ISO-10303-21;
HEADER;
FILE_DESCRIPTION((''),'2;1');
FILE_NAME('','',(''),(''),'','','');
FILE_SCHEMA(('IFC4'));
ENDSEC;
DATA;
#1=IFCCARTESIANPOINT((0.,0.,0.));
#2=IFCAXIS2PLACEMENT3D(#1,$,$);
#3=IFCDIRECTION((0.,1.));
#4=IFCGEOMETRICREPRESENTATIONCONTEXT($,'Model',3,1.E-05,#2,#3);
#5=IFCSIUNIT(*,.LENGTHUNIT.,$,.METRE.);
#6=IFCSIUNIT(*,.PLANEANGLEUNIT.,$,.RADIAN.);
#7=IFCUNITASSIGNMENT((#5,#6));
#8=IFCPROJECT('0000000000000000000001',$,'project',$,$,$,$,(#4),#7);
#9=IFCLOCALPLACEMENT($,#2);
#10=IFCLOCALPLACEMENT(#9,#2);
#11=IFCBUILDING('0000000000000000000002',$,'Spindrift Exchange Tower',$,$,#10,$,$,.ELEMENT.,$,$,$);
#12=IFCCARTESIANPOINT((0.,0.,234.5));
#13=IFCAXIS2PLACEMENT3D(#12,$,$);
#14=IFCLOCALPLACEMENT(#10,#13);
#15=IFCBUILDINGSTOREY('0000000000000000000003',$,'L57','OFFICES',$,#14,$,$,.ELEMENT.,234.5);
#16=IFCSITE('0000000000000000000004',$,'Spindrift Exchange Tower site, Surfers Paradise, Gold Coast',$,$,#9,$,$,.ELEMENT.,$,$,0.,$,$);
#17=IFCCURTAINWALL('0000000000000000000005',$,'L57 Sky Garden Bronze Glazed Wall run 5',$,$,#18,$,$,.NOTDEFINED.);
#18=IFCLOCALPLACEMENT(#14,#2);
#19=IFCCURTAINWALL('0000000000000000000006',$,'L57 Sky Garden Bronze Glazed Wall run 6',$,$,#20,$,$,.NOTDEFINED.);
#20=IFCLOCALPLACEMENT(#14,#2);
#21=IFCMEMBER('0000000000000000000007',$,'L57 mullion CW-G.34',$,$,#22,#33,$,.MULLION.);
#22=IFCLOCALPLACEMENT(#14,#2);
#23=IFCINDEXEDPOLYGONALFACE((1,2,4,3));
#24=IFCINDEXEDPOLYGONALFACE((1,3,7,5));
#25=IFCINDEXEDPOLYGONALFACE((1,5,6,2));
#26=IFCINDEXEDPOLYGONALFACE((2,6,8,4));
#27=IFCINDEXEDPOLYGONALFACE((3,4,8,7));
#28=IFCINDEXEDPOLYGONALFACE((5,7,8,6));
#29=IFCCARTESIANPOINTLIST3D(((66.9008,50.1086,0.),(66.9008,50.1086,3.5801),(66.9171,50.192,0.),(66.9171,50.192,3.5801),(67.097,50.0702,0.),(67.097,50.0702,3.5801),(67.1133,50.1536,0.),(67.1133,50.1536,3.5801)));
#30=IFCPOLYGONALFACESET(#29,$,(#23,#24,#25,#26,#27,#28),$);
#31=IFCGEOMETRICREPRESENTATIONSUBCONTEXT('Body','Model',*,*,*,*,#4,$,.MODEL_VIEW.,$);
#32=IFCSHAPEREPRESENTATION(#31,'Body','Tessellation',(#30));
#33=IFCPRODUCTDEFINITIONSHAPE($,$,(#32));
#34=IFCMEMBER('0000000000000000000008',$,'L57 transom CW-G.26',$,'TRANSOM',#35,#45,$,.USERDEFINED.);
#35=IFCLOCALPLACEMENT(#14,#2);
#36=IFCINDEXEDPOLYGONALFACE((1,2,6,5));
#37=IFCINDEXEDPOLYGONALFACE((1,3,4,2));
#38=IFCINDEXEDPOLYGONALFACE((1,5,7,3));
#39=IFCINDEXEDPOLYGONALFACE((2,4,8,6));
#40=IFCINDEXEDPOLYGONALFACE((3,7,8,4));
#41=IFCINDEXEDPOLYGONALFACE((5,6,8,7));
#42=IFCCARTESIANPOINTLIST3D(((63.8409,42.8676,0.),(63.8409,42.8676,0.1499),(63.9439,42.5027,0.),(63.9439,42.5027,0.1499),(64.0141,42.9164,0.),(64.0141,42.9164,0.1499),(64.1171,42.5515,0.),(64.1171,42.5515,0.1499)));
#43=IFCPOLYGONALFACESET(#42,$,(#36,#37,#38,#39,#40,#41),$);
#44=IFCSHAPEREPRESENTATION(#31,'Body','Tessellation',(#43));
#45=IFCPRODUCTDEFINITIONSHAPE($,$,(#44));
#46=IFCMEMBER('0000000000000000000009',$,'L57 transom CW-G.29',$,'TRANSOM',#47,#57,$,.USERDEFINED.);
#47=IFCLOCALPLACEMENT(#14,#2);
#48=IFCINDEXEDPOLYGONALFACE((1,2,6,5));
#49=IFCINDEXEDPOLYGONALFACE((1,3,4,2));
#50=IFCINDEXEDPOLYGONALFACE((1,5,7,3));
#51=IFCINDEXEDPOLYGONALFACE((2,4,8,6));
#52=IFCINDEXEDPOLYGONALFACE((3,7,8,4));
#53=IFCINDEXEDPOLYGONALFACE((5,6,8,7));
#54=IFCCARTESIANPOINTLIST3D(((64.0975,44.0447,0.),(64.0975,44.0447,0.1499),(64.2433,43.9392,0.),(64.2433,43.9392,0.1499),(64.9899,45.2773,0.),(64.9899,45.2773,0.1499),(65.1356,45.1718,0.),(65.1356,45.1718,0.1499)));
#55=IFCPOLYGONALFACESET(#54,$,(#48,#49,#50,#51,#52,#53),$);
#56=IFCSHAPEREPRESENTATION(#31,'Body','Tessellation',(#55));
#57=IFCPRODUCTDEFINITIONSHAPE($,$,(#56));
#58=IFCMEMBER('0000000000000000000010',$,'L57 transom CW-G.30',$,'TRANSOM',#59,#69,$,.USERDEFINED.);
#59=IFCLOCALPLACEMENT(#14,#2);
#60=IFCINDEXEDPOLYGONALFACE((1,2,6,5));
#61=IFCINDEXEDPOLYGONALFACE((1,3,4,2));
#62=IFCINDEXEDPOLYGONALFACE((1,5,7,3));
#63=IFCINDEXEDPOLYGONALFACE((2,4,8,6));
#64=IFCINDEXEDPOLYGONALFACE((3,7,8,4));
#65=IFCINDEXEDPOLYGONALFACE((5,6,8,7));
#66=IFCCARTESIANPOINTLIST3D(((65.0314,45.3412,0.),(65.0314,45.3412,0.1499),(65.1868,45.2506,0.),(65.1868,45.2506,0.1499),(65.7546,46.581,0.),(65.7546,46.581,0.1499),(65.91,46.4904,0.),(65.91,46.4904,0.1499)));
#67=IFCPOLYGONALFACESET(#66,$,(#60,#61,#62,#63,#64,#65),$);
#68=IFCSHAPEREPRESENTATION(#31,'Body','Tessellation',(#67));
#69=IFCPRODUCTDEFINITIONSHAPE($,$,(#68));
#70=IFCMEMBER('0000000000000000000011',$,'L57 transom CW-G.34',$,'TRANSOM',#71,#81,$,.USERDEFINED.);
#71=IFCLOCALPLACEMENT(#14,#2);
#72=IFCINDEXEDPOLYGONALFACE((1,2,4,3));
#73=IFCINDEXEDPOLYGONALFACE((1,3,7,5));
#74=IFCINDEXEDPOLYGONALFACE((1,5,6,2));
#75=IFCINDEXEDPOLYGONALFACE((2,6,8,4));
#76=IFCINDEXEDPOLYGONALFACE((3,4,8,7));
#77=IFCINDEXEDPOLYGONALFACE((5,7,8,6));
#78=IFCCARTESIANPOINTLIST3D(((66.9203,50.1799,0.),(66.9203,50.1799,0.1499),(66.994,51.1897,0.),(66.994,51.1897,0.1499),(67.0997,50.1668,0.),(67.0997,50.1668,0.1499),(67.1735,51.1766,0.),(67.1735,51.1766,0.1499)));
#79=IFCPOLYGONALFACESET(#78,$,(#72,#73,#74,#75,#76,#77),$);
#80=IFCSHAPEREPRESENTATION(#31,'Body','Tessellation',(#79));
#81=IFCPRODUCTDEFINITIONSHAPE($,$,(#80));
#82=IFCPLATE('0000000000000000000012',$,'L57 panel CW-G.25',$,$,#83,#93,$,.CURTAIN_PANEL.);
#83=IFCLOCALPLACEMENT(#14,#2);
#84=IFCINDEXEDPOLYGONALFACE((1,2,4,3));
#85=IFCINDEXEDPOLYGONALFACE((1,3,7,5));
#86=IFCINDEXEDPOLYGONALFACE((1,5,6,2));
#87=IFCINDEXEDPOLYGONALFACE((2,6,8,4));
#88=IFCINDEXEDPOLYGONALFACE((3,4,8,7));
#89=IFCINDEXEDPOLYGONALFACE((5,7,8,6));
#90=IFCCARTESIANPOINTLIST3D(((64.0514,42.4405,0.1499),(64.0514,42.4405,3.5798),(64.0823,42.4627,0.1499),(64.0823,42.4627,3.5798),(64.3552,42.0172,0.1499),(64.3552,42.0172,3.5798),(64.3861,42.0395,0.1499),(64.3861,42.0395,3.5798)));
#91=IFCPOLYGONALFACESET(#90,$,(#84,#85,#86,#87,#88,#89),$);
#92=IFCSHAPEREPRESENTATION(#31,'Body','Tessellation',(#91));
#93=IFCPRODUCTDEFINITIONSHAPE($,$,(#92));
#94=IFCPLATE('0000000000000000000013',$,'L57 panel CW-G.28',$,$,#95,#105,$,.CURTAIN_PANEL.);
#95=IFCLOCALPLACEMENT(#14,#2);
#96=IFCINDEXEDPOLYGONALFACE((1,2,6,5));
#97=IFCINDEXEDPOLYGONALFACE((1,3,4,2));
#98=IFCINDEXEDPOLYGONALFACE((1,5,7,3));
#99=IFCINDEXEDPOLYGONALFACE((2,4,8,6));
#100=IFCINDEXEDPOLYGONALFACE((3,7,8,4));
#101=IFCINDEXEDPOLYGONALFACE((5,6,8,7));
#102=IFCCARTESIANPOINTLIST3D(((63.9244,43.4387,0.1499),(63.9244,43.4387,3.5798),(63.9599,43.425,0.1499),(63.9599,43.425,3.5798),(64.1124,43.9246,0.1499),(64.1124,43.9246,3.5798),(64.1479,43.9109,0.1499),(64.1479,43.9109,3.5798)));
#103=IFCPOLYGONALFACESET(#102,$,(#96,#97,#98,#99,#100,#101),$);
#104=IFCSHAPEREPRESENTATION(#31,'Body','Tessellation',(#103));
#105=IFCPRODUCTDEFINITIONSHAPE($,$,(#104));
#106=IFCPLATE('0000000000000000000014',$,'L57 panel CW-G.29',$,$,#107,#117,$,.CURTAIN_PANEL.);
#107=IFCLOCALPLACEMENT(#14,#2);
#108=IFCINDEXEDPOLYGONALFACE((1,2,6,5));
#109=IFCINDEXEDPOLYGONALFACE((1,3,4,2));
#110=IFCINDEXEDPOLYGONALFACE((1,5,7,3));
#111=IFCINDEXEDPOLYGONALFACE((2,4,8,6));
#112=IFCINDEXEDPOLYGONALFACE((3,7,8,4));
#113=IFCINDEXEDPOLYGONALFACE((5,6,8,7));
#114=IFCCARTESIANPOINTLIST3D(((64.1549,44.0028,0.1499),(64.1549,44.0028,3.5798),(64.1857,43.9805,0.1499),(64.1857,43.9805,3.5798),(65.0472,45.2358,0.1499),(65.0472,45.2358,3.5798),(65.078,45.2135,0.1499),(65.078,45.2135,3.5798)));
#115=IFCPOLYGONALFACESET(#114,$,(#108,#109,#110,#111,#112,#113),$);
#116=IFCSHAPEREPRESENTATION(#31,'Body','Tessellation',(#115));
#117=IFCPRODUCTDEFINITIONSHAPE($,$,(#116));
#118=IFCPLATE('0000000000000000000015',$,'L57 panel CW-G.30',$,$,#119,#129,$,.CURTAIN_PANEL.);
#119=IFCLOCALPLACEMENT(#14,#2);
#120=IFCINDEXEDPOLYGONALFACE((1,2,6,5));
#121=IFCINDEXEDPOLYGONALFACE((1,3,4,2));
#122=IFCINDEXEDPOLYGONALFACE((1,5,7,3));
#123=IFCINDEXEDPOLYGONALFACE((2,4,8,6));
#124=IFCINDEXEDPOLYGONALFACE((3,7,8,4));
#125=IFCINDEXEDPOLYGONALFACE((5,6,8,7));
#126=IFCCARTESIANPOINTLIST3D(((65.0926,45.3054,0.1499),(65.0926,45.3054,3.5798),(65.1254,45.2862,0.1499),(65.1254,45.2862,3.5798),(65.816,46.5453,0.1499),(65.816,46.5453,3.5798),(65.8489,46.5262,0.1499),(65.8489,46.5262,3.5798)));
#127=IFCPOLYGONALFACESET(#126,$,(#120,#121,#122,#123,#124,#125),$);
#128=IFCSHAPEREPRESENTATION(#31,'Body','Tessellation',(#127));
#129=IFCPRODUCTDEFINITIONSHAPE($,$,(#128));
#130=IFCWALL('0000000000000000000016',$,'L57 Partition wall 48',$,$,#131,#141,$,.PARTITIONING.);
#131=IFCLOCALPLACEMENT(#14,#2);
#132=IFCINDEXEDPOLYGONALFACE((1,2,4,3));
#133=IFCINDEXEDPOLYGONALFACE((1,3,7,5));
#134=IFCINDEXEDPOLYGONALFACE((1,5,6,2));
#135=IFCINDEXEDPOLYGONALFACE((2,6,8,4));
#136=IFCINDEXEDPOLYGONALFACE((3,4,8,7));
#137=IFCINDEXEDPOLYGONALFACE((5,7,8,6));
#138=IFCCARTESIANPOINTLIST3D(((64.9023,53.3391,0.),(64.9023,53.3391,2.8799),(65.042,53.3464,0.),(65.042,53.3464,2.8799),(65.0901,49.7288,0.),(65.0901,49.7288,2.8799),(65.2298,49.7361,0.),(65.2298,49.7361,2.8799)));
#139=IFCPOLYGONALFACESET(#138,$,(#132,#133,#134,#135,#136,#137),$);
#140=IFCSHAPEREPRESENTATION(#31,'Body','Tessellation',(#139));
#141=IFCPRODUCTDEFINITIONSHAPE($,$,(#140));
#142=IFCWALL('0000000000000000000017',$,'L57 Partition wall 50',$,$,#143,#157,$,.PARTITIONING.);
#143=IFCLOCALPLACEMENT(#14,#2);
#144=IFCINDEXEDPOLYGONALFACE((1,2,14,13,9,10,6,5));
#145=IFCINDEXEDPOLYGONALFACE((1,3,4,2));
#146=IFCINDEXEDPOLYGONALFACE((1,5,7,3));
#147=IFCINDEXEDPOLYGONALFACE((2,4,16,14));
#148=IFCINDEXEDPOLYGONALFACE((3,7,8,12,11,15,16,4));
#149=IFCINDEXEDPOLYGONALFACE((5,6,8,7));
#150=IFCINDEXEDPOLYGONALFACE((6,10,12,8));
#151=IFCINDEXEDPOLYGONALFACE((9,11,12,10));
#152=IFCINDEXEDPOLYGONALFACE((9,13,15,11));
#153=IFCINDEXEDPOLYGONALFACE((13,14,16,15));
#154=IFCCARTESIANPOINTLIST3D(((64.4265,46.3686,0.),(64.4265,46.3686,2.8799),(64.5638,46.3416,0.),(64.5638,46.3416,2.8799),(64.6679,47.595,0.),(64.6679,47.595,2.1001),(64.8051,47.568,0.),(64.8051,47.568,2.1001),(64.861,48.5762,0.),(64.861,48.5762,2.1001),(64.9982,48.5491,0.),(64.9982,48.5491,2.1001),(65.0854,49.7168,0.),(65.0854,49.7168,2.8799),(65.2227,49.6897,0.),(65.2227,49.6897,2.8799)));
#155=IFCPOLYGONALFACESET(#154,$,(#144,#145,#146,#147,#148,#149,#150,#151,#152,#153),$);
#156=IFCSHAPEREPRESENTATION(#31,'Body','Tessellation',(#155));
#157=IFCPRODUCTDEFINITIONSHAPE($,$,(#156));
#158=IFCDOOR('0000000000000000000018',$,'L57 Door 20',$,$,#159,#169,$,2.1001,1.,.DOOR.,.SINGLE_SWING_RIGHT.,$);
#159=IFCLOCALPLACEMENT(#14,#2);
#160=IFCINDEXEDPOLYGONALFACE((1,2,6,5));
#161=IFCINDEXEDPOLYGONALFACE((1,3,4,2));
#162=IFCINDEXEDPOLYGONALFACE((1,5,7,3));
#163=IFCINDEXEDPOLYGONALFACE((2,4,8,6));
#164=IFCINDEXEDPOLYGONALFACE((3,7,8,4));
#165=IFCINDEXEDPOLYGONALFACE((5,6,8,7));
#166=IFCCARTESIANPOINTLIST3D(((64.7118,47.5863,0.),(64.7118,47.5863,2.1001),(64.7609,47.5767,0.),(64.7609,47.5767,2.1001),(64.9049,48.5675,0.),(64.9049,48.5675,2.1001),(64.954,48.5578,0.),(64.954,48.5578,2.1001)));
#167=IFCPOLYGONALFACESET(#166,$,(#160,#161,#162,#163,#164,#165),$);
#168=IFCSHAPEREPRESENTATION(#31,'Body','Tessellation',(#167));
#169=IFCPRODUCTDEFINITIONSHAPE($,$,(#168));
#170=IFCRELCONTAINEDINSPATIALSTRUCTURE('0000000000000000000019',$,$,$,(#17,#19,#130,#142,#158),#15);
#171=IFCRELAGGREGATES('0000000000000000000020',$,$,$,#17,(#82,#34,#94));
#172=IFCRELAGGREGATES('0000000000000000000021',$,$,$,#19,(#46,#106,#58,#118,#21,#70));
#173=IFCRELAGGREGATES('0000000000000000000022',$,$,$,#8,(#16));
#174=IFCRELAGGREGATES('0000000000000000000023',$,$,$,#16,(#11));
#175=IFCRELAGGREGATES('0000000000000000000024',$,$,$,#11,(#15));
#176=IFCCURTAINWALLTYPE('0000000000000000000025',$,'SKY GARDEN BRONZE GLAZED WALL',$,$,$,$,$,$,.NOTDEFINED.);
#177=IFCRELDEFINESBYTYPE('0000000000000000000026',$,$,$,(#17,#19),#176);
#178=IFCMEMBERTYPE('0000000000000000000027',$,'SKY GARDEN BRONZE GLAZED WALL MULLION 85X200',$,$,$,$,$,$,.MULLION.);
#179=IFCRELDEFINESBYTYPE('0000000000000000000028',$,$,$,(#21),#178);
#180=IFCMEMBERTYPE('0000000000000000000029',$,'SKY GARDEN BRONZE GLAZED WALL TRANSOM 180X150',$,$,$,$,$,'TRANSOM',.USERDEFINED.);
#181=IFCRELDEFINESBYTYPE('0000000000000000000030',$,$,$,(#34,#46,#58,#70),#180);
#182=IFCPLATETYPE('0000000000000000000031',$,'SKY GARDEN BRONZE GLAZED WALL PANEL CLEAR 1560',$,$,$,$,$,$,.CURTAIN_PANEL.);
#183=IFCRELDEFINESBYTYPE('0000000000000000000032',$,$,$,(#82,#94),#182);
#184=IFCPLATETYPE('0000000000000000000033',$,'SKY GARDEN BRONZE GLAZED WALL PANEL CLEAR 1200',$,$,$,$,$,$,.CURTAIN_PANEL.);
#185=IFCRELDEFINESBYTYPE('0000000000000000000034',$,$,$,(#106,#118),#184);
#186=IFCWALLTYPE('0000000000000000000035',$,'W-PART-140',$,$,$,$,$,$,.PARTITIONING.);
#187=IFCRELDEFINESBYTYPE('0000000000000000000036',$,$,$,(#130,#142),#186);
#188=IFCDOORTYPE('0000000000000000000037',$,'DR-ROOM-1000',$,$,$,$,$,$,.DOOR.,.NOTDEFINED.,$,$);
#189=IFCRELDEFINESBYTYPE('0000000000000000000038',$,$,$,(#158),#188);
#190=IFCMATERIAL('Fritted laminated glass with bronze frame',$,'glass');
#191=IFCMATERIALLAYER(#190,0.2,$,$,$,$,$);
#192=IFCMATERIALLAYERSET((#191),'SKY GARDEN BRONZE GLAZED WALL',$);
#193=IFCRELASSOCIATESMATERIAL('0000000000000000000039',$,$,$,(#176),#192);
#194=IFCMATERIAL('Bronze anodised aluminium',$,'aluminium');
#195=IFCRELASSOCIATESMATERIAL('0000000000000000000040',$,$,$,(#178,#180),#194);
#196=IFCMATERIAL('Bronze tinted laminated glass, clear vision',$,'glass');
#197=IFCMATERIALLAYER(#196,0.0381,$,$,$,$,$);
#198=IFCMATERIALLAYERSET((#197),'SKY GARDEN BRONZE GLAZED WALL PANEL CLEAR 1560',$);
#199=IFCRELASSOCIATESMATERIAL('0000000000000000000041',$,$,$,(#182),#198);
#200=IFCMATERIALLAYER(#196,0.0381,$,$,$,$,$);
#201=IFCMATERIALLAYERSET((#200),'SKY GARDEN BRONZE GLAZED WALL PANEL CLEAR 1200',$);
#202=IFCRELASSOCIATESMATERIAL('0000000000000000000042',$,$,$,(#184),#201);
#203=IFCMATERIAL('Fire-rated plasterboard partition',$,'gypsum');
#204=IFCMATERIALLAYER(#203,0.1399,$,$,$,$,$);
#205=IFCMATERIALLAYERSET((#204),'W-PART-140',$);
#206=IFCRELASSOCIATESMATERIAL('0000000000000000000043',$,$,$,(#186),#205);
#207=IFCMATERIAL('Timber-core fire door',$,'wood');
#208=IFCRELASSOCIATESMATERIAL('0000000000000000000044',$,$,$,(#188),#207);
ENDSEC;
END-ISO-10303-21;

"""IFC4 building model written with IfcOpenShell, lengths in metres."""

from ifc_helpers import new_model, si_unit, direction, frame, frame_2d, origin, origin_2d, place, context, subcontext, project, spatial, rectangle, extrude, source, transform, mapped, material, layer, layer_set, material_profile, profile_set, type_object, element, fill, aggregate, save


model = new_model("IFC4")

# Units and contexts
model_context = context("Model", 3, precision=1e-05, world=origin(), true_north=direction((0.0, 1.0)))
body_context = subcontext(model_context, "Body", "Model", "MODEL_VIEW")
ifc_project = project(units=[si_unit("LENGTHUNIT", "METRE"), si_unit("PLANEANGLEUNIT", "RADIAN")], contexts=[model_context])

# Site, building, storey
site_placement = place(None, origin())
site = spatial("IfcSite", under=ifc_project, at=site_placement, Name="Spindrift Exchange Tower site, Surfers Paradise, Gold Coast", CompositionType="ELEMENT", RefElevation=0.0)
building_placement = place(site_placement, origin())
building = spatial("IfcBuilding", under=site, at=building_placement, Name="Spindrift Exchange Tower", CompositionType="ELEMENT")
storey_placement = place(building_placement, frame((0.0, 0.0, 234.5)))
storey = spatial("IfcBuildingStorey", under=building, at=storey_placement, Name="L57", Description="OFFICES", CompositionType="ELEMENT", Elevation=234.5)

# Curtain wall
ifc_material_1 = material(Name="Fritted laminated glass with bronze frame", Category="glass")
ifc_layer_1 = layer(ifc_material_1, 0.2)
ifc_layer_set_1 = layer_set([ifc_layer_1], Name="SKY GARDEN BRONZE GLAZED WALL")
curtain_wall_type = type_object("IfcCurtainWallType", Name="SKY GARDEN BRONZE GLAZED WALL", PredefinedType="NOTDEFINED", material=ifc_layer_set_1)
curtain_wall_1_placement = place(storey_placement, origin())
curtain_wall_1 = element("IfcCurtainWall", 1, at=curtain_wall_1_placement, inside=storey, type_object=curtain_wall_type, Name="L57 Sky Garden Bronze Glazed Wall run 5", PredefinedType="NOTDEFINED")
ifc_material_2 = material(Name="Bronze anodised aluminium", Category="aluminium")
ifc_material_profile_1 = material_profile(ifc_material_2, rectangle(XDim=0.085, YDim=0.2, at=origin_2d()), Name="SKY GARDEN BRONZE GLAZED WALL MULLION 85X200")
ifc_profile_set_1 = profile_set([ifc_material_profile_1], Name="Bronze anodised aluminium")
member_type_1 = type_object("IfcMemberType", Name="SKY GARDEN BRONZE GLAZED WALL MULLION 85X200", PredefinedType="MULLION", material=ifc_profile_set_1)
shared_shape_1 = source(origin(), body_context, "Body", "SweptSolid", [
    extrude(rectangle(XDim=0.085, YDim=0.2, at=origin_2d()), origin(), (0.0, 0.0, 1.0), 3.5801),
])

# Curtain wall, member
curtain_wall_2_placement = place(storey_placement, origin())
curtain_wall_2 = element("IfcCurtainWall", 2, at=curtain_wall_2_placement, inside=storey, type_object=curtain_wall_type, Name="L57 Sky Garden Bronze Glazed Wall run 6", PredefinedType="NOTDEFINED")
member_1_placement = place(storey_placement, frame((67.0071, 50.1311, 0.0), z_axis=(0.0, 0.0, 1.0), x_axis=(0.191887, 0.981417, 0.0)))
member_1 = element("IfcMember", 3, at=member_1_placement, type_object=member_type_1, Name="L57 mullion CW-G.34", PredefinedType="MULLION", context=body_context, shape_type="MappedRepresentation", body=[
    mapped(shared_shape_1, transform((0.0, 0.0, 0.0), scale=1.0)),
])

# Members
ifc_material_profile_2 = material_profile(ifc_material_2, rectangle(XDim=0.1799, YDim=0.1499, at=origin_2d()), Name="SKY GARDEN BRONZE GLAZED WALL TRANSOM 180X150")
ifc_profile_set_2 = profile_set([ifc_material_profile_2], Name="Bronze anodised aluminium")
member_type_2 = type_object("IfcMemberType", Name="SKY GARDEN BRONZE GLAZED WALL TRANSOM 180X150", ElementType="TRANSOM", PredefinedType="USERDEFINED", material=ifc_profile_set_2)
shared_shape_2 = source(origin(), body_context, "Body", "SweptSolid", [
    extrude(rectangle(XDim=0.1799, YDim=0.1499, at=origin_2d()), origin(), (0.0, 0.0, 1.0), 0.3792),
])
member_2_placement = place(storey_placement, frame((64.0305, 42.5271, 0.075), z_axis=(-0.271659, 0.962394, 0.0), x_axis=(-0.962394, -0.271659, 0.0)))
member_2 = element("IfcMember", 4, at=member_2_placement, type_object=member_type_2, Name="L57 transom CW-G.26", ObjectType="TRANSOM", PredefinedType="USERDEFINED", context=body_context, shape_type="MappedRepresentation", body=[
    mapped(shared_shape_2, transform((0.0, 0.0, 0.0), scale=1.0)),
])
shared_shape_3 = source(origin(), body_context, "Body", "SweptSolid", [
    extrude(rectangle(XDim=0.1799, YDim=0.1499, at=origin_2d()), origin(), (0.0, 0.0, 1.0), 1.5217),
])
member_3_placement = place(storey_placement, frame((64.1704, 43.9919, 0.075), z_axis=(0.586386, 0.810031, 0.0), x_axis=(-0.810031, 0.586386, 0.0)))
member_3 = element("IfcMember", 5, at=member_3_placement, type_object=member_type_2, Name="L57 transom CW-G.29", ObjectType="TRANSOM", PredefinedType="USERDEFINED", context=body_context, shape_type="MappedRepresentation", body=[
    mapped(shared_shape_3, transform((0.0, 0.0, 0.0), scale=1.0)),
])
shared_shape_4 = source(origin(), body_context, "Body", "SweptSolid", [
    extrude(rectangle(XDim=0.1799, YDim=0.1499, at=origin_2d()), origin(), (0.0, 0.0, 1.0), 1.4353),
])
member_4_placement = place(storey_placement, frame((65.1091, 45.2959, 0.075), z_axis=(0.50385, 0.863791, 0.0), x_axis=(-0.863791, 0.50385, 0.0)))
member_4 = element("IfcMember", 6, at=member_4_placement, type_object=member_type_2, Name="L57 transom CW-G.30", ObjectType="TRANSOM", PredefinedType="USERDEFINED", context=body_context, shape_type="MappedRepresentation", body=[
    mapped(shared_shape_4, transform((0.0, 0.0, 0.0), scale=1.0)),
])
shared_shape_5 = source(origin(), body_context, "Body", "SweptSolid", [
    extrude(rectangle(XDim=0.1799, YDim=0.1499, at=origin_2d()), origin(), (0.0, 0.0, 1.0), 1.0125),
])
member_5_placement = place(storey_placement, frame((67.01, 50.1733, 0.075), z_axis=(0.072824, 0.997345, 0.0), x_axis=(-0.997345, 0.072824, 0.0)))
member_5 = element("IfcMember", 7, at=member_5_placement, type_object=member_type_2, Name="L57 transom CW-G.34", ObjectType="TRANSOM", PredefinedType="USERDEFINED", context=body_context, shape_type="MappedRepresentation", body=[
    mapped(shared_shape_5, transform((0.0, 0.0, 0.0), scale=1.0)),
])

# Plates
ifc_material_3 = material(Name="Bronze tinted laminated glass, clear vision", Category="glass")
ifc_layer_2 = layer(ifc_material_3, 0.0381)
ifc_layer_set_2 = layer_set([ifc_layer_2], Name="SKY GARDEN BRONZE GLAZED WALL PANEL CLEAR 1560")
plate_type_1 = type_object("IfcPlateType", Name="SKY GARDEN BRONZE GLAZED WALL PANEL CLEAR 1560", PredefinedType="CURTAIN_PANEL", material=ifc_layer_set_2)
shared_shape_6 = source(origin(), body_context, "Body", "SweptSolid", [
    extrude(rectangle(XDim=0.521, YDim=0.0381, at=origin_2d()), origin(), (0.0, 0.0, 1.0), 3.4299),
])
plate_1_placement = place(storey_placement, frame((64.2188, 42.24, 0.1499), z_axis=(0.0, 0.0, 1.0), x_axis=(-0.583048, 0.812438, 0.0)))
plate_1 = element("IfcPlate", 8, at=plate_1_placement, type_object=plate_type_1, Name="L57 panel CW-G.25", PredefinedType="CURTAIN_PANEL", context=body_context, shape_type="MappedRepresentation", body=[
    mapped(shared_shape_6, transform((0.0, 0.0, 0.0), scale=1.0)),
])
plate_2_placement = place(storey_placement, frame((64.0361, 43.6748, 0.1499), z_axis=(0.0, 0.0, 1.0), x_axis=(0.360925, 0.932595, 0.0)))
plate_2 = element("IfcPlate", 9, at=plate_2_placement, type_object=plate_type_1, Name="L57 panel CW-G.28", PredefinedType="CURTAIN_PANEL", context=body_context, shape_type="MappedRepresentation", body=[
    mapped(shared_shape_6, transform((0.0, 0.0, 0.0), scale=1.0)),
])
aggregate(curtain_wall_1, [plate_1, member_2, plate_2])
ifc_layer_3 = layer(ifc_material_3, 0.0381)
ifc_layer_set_3 = layer_set([ifc_layer_3], Name="SKY GARDEN BRONZE GLAZED WALL PANEL CLEAR 1200")
plate_type_2 = type_object("IfcPlateType", Name="SKY GARDEN BRONZE GLAZED WALL PANEL CLEAR 1200", PredefinedType="CURTAIN_PANEL", material=ifc_layer_set_3)
shared_shape_7 = source(origin(), body_context, "Body", "SweptSolid", [
    extrude(rectangle(XDim=1.522, YDim=0.0381, at=origin_2d()), origin(), (0.0, 0.0, 1.0), 3.4299),
])
plate_3_placement = place(storey_placement, frame((64.6165, 44.6082, 0.1499), z_axis=(0.0, 0.0, 1.0), x_axis=(0.586302, 0.810093, 0.0)))
plate_3 = element("IfcPlate", 10, at=plate_3_placement, type_object=plate_type_2, Name="L57 panel CW-G.29", PredefinedType="CURTAIN_PANEL", context=body_context, shape_type="MappedRepresentation", body=[
    mapped(shared_shape_7, transform((0.0, 0.0, 0.0), scale=1.0)),
])
shared_shape_8 = source(origin(), body_context, "Body", "SweptSolid", [
    extrude(rectangle(XDim=1.4355, YDim=0.0381, at=origin_2d()), origin(), (0.0, 0.0, 1.0), 3.4299),
])
plate_4_placement = place(storey_placement, frame((65.4707, 45.9158, 0.1499), z_axis=(0.0, 0.0, 1.0), x_axis=(0.503925, 0.863748, 0.0)))
plate_4 = element("IfcPlate", 11, at=plate_4_placement, type_object=plate_type_2, Name="L57 panel CW-G.30", PredefinedType="CURTAIN_PANEL", context=body_context, shape_type="MappedRepresentation", body=[
    mapped(shared_shape_8, transform((0.0, 0.0, 0.0), scale=1.0)),
])
aggregate(curtain_wall_2, [member_3, plate_3, member_4, plate_4, member_1, member_5])

# Wall
ifc_material_4 = material(Name="Fire-rated plasterboard partition", Category="gypsum")
ifc_layer_4 = layer(ifc_material_4, 0.1399)
ifc_layer_set_4 = layer_set([ifc_layer_4], Name="W-PART-140")
wall_type_1 = type_object("IfcWallType", Name="W-PART-140", PredefinedType="PARTITIONING", material=ifc_layer_set_4)
wall_1_placement = place(storey_placement, frame((65.1599, 49.7324, 0.0), z_axis=(0.0, 0.0, 1.0), x_axis=(-0.051931, 0.998651, 0.0)))
element("IfcWall", 12, at=wall_1_placement, inside=storey, type_object=wall_type_1, Name="L57 Partition wall 48", PredefinedType="PARTITIONING", context=body_context, shape_type="SweptSolid", body=[
    extrude(rectangle(XDim=3.6152, YDim=0.1399, at=frame_2d((1.8076, 0.0))), origin(), (0.0, 0.0, 1.0), 2.8799),
])

# Wall, opening, door
wall_2_placement = place(storey_placement, frame((65.1541, 49.7031, 0.0), z_axis=(0.0, 0.0, 1.0), x_axis=(-0.193102, -0.981179, 0.0)))
wall_2 = element("IfcWall", 13, at=wall_2_placement, inside=storey, type_object=wall_type_1, Name="L57 Partition wall 50", PredefinedType="PARTITIONING", context=body_context, shape_type="SweptSolid", body=[
    extrude(rectangle(XDim=3.4124, YDim=0.1399, at=frame_2d((1.7061, 0.0))), origin(), (0.0, 0.0, 1.0), 2.8799),
])
opening_1_placement = place(wall_2_placement, frame((1.1624, 0.0, 0.0)))
opening_1 = element("IfcOpeningElement", 14, at=opening_1_placement, cuts=wall_2, PredefinedType="OPENING", context=body_context, shape_type="SweptSolid", body=[
    extrude(rectangle(XDim=1.0, YDim=2.1001, at=frame_2d((0.5, 1.05))), frame((0.0, 0.0798, 0.0), z_axis=(0.0, -1.0, 0.0), x_axis=(1.0, 0.0, 0.0)), (0.0, 0.0, 1.0), 0.1599),
])
ifc_material_5 = material(Name="Timber-core fire door", Category="wood")
door_type_1 = type_object("IfcDoorType", Name="DR-ROOM-1000", OperationType="NOTDEFINED", PredefinedType="DOOR", material=ifc_material_5)
shared_shape_9 = source(origin(), body_context, "Body", "SweptSolid", [
    extrude(rectangle(XDim=1.0, YDim=2.1001, at=frame_2d((0.5, 1.05))), frame((0.0, 0.0249, 0.0), z_axis=(0.0, -1.0, 0.0), x_axis=(1.0, 0.0, 0.0)), (0.0, 0.0, 1.0), 0.05),
])
door_1_placement = place(opening_1_placement, origin())
door_1 = element("IfcDoor", 15, at=door_1_placement, inside=storey, type_object=door_type_1, Name="L57 Door 20", OperationType="SINGLE_SWING_RIGHT", OverallHeight=2.1001, OverallWidth=1.0, PredefinedType="DOOR", context=body_context, shape_type="MappedRepresentation", body=[
    mapped(shared_shape_9, transform((0.0, 0.0, 0.0), scale=1.0)),
])
fill(opening_1, door_1)

save(model, "model.ifc")
